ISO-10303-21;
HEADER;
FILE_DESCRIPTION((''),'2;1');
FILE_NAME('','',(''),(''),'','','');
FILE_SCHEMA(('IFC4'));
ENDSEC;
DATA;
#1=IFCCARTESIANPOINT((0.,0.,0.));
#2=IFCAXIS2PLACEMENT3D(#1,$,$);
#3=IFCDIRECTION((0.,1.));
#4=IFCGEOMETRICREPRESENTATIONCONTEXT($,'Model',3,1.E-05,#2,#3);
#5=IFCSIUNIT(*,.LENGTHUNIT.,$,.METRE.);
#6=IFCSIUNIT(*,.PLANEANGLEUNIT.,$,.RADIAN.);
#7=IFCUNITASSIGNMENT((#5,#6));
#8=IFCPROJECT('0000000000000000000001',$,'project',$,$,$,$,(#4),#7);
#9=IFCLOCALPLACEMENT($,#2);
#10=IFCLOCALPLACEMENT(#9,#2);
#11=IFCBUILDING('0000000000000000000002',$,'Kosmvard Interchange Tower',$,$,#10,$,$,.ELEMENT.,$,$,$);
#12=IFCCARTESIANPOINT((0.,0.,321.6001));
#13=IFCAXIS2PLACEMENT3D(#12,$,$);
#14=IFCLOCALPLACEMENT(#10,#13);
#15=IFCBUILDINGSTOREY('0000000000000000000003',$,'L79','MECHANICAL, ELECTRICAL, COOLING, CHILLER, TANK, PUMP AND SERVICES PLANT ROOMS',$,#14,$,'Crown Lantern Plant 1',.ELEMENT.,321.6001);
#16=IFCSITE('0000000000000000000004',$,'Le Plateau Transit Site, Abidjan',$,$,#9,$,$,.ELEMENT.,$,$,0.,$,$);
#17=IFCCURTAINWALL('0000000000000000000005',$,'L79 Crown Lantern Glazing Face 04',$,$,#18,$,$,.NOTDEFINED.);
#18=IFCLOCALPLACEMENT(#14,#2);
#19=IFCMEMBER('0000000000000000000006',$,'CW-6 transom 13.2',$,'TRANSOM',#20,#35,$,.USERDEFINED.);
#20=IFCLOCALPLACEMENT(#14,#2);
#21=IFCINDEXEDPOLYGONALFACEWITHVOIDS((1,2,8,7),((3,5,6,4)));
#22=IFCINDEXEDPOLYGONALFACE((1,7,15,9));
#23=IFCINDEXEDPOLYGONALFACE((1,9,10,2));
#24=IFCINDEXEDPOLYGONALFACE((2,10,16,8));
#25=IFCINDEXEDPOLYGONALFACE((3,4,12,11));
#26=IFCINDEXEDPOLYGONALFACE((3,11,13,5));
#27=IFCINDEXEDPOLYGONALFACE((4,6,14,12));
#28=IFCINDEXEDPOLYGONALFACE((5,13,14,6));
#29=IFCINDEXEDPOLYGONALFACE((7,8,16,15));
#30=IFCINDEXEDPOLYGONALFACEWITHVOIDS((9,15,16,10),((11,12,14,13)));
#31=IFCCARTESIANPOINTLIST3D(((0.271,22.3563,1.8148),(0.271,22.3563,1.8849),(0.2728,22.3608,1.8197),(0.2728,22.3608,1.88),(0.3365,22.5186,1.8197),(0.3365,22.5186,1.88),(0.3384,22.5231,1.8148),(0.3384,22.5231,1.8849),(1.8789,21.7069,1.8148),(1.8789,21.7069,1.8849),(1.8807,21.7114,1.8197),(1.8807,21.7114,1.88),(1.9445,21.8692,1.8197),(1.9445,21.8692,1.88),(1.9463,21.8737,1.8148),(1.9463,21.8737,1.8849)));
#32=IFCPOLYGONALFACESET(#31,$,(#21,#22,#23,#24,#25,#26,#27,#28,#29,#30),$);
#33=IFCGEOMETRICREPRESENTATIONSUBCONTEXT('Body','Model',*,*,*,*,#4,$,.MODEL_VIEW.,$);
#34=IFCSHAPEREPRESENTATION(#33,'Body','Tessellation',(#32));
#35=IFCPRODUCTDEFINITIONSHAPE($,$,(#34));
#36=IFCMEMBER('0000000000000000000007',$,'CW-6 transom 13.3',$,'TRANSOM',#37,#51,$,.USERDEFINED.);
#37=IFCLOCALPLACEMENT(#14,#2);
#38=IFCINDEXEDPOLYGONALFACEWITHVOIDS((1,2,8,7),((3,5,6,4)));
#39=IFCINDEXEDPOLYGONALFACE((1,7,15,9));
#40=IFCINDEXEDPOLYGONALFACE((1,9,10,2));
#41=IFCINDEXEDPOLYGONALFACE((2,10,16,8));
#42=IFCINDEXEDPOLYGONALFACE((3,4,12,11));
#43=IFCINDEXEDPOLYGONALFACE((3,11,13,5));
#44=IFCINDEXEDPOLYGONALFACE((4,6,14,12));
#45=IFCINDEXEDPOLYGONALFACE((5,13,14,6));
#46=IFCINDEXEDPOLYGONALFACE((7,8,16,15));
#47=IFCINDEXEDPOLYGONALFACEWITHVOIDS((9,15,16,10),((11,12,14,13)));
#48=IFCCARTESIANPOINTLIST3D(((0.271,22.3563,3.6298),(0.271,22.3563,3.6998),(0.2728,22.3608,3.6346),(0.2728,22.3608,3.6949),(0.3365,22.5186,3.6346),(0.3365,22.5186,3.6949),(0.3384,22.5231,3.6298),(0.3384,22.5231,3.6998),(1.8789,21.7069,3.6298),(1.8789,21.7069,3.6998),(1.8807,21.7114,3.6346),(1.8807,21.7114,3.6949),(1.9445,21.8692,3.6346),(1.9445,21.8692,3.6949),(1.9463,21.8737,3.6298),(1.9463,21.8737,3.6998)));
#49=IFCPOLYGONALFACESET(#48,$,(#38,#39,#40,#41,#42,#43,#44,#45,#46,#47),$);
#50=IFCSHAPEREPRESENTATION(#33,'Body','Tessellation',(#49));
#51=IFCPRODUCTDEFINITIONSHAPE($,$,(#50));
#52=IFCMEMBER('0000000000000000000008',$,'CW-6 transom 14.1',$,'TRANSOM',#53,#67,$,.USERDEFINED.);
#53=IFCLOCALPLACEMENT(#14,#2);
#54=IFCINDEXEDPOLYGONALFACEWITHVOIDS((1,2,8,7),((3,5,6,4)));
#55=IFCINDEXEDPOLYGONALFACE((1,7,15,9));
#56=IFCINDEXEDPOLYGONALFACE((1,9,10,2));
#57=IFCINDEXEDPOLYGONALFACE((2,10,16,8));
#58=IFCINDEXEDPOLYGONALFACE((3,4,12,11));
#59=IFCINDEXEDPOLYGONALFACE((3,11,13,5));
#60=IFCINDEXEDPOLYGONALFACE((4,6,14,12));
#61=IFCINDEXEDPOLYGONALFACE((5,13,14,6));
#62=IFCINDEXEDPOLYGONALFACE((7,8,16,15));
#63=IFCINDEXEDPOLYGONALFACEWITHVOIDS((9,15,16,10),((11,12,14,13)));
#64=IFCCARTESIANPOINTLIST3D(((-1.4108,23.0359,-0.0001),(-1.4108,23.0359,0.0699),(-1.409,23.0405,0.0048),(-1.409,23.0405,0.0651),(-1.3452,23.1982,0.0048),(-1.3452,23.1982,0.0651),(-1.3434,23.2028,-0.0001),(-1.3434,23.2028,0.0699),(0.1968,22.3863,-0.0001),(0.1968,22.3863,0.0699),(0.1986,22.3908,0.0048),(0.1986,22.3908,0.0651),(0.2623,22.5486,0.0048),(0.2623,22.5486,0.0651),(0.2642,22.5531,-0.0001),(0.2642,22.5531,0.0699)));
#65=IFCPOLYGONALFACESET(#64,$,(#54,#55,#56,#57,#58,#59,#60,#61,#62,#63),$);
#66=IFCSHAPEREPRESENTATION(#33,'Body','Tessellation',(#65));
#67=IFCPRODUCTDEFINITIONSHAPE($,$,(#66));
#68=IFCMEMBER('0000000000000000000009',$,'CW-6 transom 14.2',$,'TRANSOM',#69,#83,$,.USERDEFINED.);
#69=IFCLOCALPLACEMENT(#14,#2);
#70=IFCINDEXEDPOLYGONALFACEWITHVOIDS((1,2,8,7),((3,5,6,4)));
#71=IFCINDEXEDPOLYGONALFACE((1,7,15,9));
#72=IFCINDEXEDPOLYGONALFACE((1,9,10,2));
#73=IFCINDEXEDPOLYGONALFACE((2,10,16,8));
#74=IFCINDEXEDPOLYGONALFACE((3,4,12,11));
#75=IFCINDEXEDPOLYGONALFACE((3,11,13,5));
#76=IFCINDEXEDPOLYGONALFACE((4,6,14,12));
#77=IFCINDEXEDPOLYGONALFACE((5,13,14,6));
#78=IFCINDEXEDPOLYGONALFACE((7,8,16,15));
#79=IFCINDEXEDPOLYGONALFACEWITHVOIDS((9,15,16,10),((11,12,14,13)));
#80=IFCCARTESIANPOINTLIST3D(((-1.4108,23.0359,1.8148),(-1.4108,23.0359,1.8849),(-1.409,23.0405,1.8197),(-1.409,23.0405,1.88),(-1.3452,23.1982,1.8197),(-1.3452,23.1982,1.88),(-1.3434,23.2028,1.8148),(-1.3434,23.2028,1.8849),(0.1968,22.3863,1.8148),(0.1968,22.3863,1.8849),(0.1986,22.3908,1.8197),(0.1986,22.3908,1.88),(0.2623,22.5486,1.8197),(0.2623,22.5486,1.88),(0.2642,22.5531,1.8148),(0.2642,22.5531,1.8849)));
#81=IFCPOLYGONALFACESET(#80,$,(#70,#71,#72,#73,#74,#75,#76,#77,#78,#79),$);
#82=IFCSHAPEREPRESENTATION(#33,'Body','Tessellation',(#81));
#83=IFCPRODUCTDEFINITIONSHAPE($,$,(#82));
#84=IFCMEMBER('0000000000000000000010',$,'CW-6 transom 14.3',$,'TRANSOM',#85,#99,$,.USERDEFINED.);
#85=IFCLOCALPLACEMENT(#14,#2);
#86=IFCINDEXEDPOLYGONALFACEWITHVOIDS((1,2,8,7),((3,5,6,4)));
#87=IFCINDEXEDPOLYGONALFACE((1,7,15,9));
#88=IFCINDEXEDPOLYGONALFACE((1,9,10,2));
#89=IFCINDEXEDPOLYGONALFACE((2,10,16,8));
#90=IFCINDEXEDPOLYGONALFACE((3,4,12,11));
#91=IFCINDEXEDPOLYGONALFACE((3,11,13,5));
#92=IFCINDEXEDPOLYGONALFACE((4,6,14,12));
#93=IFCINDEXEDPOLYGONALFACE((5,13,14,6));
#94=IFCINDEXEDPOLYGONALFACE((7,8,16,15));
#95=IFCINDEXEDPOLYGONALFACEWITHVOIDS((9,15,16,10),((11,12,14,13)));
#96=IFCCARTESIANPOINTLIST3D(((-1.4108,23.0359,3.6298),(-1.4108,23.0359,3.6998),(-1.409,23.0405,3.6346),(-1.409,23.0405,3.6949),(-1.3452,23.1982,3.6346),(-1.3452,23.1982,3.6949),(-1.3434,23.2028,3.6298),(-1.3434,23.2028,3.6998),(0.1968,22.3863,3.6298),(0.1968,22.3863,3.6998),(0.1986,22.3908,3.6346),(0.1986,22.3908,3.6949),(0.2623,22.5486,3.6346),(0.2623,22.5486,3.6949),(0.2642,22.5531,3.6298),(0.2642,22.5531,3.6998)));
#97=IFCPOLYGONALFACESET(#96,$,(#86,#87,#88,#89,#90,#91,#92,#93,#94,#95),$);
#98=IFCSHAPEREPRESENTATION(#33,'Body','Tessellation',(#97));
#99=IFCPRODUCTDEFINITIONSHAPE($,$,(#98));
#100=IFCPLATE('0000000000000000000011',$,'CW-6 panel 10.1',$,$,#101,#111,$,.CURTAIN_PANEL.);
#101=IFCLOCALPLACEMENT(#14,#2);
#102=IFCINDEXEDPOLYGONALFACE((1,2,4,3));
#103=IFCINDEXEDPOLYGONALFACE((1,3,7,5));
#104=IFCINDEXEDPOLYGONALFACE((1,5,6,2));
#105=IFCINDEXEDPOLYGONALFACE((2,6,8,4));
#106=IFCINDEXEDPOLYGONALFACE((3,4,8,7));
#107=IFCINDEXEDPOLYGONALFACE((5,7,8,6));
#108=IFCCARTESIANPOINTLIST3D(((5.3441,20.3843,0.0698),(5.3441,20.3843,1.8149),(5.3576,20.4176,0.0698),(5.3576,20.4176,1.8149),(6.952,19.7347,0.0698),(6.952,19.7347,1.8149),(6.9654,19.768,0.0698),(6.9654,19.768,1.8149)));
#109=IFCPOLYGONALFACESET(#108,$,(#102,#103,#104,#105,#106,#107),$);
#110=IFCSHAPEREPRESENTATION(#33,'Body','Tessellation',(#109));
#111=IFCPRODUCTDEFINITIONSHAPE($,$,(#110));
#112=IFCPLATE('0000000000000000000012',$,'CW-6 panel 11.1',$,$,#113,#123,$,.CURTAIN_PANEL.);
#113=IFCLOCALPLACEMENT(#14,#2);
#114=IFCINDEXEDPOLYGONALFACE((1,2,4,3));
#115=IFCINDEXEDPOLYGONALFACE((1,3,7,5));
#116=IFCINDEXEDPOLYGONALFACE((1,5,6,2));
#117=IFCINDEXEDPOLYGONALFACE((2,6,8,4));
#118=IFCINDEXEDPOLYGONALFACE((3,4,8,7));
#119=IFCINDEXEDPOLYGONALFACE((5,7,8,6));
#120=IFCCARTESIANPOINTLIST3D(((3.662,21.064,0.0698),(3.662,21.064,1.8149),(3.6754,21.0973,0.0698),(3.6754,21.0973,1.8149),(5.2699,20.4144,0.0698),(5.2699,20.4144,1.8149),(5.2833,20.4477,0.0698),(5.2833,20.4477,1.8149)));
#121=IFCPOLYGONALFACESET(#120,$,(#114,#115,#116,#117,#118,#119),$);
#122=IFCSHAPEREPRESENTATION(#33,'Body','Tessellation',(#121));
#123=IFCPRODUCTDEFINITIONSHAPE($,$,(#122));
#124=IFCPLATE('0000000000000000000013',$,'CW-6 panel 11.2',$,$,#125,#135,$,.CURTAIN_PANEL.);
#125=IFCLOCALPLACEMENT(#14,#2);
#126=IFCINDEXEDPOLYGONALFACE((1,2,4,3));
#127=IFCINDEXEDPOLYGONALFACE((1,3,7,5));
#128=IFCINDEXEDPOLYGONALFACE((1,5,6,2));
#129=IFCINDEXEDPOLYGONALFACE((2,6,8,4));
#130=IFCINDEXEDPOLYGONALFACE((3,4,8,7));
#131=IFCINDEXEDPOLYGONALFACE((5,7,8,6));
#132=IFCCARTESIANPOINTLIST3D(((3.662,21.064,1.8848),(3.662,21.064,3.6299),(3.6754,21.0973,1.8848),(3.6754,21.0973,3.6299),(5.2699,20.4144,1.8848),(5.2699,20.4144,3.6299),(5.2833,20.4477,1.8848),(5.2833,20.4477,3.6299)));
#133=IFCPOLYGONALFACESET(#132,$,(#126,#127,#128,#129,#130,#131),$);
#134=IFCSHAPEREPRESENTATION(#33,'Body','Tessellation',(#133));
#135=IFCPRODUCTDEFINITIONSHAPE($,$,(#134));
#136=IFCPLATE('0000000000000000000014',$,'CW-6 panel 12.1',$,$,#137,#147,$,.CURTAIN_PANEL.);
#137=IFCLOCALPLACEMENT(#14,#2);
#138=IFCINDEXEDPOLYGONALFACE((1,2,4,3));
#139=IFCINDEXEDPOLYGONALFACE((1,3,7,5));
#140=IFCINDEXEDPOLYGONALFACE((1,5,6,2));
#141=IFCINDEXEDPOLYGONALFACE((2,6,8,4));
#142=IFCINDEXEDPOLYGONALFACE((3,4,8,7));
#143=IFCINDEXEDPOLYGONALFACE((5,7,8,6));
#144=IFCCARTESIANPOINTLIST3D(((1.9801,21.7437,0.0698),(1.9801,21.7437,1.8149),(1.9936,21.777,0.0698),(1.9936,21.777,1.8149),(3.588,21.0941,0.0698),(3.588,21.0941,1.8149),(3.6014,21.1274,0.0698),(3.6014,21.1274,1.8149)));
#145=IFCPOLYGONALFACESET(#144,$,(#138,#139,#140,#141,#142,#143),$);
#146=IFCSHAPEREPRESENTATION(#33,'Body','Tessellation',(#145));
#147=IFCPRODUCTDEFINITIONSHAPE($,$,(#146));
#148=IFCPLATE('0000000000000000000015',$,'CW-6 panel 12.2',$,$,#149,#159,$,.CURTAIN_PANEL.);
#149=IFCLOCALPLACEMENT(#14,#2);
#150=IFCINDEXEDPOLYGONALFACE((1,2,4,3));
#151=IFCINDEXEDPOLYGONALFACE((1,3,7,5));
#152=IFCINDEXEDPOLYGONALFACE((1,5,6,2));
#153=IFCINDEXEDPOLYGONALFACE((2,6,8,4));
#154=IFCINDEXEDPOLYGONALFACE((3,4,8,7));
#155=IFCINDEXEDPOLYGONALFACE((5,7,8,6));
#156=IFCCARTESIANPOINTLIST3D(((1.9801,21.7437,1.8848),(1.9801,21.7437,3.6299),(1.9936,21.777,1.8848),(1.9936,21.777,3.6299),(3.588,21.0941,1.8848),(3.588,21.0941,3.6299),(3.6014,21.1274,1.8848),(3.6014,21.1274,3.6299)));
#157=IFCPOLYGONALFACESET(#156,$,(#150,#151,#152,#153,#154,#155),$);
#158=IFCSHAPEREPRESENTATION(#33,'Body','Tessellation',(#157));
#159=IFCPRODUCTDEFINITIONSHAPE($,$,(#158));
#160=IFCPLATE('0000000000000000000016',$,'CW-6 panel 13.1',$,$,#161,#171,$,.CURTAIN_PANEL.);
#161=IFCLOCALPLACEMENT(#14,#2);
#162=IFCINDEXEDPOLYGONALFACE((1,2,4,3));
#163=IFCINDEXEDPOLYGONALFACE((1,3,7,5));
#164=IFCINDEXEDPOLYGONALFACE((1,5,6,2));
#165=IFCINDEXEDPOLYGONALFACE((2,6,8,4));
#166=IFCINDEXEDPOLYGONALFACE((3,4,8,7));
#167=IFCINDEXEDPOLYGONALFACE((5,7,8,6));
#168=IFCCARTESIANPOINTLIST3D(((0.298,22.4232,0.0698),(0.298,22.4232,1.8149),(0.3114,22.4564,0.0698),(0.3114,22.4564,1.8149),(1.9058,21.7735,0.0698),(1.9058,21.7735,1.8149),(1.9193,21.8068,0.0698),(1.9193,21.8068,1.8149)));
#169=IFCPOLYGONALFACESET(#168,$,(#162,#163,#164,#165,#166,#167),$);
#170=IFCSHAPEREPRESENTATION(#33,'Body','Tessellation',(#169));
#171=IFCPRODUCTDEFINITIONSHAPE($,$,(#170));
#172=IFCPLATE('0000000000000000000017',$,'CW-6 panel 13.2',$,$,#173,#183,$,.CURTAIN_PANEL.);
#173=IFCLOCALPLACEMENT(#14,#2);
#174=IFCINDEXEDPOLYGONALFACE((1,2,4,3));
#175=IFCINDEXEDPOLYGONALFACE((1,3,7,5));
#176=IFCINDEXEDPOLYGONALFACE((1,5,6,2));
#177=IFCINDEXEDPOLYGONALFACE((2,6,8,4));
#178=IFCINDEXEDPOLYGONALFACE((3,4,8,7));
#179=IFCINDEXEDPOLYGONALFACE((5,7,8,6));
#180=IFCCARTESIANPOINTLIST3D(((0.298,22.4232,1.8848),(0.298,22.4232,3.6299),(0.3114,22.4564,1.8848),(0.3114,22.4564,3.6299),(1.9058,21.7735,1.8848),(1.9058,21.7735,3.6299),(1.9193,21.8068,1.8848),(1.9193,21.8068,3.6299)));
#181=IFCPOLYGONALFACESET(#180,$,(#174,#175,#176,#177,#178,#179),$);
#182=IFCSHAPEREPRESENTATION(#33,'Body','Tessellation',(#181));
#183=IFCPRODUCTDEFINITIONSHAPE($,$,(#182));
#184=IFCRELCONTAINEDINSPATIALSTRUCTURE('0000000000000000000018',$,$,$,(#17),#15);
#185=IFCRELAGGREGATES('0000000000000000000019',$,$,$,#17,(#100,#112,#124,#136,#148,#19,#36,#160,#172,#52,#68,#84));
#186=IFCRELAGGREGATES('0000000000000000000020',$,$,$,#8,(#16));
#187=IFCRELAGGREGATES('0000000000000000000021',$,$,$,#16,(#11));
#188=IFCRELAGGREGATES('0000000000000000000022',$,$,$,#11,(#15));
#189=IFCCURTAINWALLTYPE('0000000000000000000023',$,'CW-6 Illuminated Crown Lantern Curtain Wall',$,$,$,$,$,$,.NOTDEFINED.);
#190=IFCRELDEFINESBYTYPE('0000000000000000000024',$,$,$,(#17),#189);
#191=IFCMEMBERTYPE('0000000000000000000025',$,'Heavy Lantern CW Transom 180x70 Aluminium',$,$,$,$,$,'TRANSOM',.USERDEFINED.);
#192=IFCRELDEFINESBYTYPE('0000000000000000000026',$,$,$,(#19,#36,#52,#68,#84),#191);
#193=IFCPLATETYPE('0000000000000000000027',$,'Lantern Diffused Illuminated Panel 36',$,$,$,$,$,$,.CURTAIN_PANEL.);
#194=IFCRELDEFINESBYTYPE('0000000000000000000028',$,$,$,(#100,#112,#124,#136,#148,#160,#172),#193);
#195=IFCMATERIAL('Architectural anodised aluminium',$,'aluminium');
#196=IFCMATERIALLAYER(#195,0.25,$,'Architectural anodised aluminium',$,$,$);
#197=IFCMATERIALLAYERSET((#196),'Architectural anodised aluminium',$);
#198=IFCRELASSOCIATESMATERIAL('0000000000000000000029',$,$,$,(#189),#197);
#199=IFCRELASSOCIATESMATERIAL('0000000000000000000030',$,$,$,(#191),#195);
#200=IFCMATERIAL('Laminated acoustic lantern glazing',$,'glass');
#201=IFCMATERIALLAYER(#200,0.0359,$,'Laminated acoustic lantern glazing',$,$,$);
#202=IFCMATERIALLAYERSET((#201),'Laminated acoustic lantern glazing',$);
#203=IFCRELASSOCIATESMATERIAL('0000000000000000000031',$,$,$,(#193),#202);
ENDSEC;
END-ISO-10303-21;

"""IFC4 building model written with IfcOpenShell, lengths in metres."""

from ifc_helpers import new_model, si_unit, direction, frame, origin, origin_2d, place, context, subcontext, project, spatial, rectangle, hollow_rectangle, extrude, source, transform, mapped, material, layer, layer_set, material_profile, profile_set, type_object, element, aggregate, save


model = new_model("IFC4")

# Units and contexts
model_context = context("Model", 3, precision=1e-05, world=origin(), true_north=direction((0.0, 1.0)))
body_context = subcontext(model_context, "Body", "Model", "MODEL_VIEW")
ifc_project = project(units=[si_unit("LENGTHUNIT", "METRE"), si_unit("PLANEANGLEUNIT", "RADIAN")], contexts=[model_context])

# Site, building, storey
site_placement = place(None, origin())
site = spatial("IfcSite", under=ifc_project, at=site_placement, Name="Le Plateau Transit Site, Abidjan", CompositionType="ELEMENT", RefElevation=0.0)
building_placement = place(site_placement, origin())
building = spatial("IfcBuilding", under=site, at=building_placement, Name="Kosmvard Interchange Tower", CompositionType="ELEMENT")
storey_placement = place(building_placement, frame((0.0, 0.0, 321.6001)))
storey = spatial("IfcBuildingStorey", under=building, at=storey_placement, Name="L79", Description="MECHANICAL, ELECTRICAL, COOLING, CHILLER, TANK, PUMP AND SERVICES PLANT ROOMS", LongName="Crown Lantern Plant 1", CompositionType="ELEMENT", Elevation=321.6001)

# Curtain wall, members, plates
ifc_material_1 = material(Name="Architectural anodised aluminium", Category="aluminium")
ifc_layer_1 = layer(ifc_material_1, 0.25, Name="Architectural anodised aluminium")
ifc_layer_set_1 = layer_set([ifc_layer_1], Name="Architectural anodised aluminium")
curtain_wall_type = type_object("IfcCurtainWallType", Name="CW-6 Illuminated Crown Lantern Curtain Wall", PredefinedType="NOTDEFINED", material=ifc_layer_set_1)
curtain_wall_placement = place(storey_placement, origin())
curtain_wall = element("IfcCurtainWall", 1, at=curtain_wall_placement, inside=storey, type_object=curtain_wall_type, Name="L79 Crown Lantern Glazing Face 04", PredefinedType="NOTDEFINED")
ifc_material_profile_1 = material_profile(ifc_material_1, hollow_rectangle(XDim=0.1799, YDim=0.0701, WallThickness=0.0049, at=origin_2d()), Name="CWT 180x70x5")
ifc_profile_set_1 = profile_set([ifc_material_profile_1], Name="Architectural anodised aluminium")
member_type_1 = type_object("IfcMemberType", Name="Heavy Lantern CW Transom 180x70 Aluminium", ElementType="TRANSOM", PredefinedType="USERDEFINED", material=ifc_profile_set_1)
shared_shape_1 = source(origin(), body_context, "Body", "SweptSolid", [
    extrude(hollow_rectangle(XDim=0.1799, YDim=0.0701, WallThickness=0.0049, at=origin_2d()), origin(), (0.0, 0.0, 1.0), 1.7341),
])
member_1_placement = place(storey_placement, frame((1.9126, 21.7903, 1.8499), z_axis=(-0.927229, 0.374496, 0.0), x_axis=(-0.374496, -0.927229, 0.0)))
member_1 = element("IfcMember", 2, at=member_1_placement, type_object=member_type_1, Name="CW-6 transom 13.2", ObjectType="TRANSOM", PredefinedType="USERDEFINED", context=body_context, shape_type="MappedRepresentation", body=[
    mapped(shared_shape_1, transform((0.0, 0.0, 0.0), scale=1.0)),
])
member_2_placement = place(storey_placement, frame((1.9126, 21.7903, 3.6648), z_axis=(-0.927229, 0.374496, 0.0), x_axis=(-0.374496, -0.927229, 0.0)))
member_2 = element("IfcMember", 3, at=member_2_placement, type_object=member_type_1, Name="CW-6 transom 13.3", ObjectType="TRANSOM", PredefinedType="USERDEFINED", context=body_context, shape_type="MappedRepresentation", body=[
    mapped(shared_shape_1, transform((0.0, 0.0, 0.0), scale=1.0)),
])
shared_shape_2 = source(origin(), body_context, "Body", "SweptSolid", [
    extrude(hollow_rectangle(XDim=0.1799, YDim=0.0701, WallThickness=0.0049, at=origin_2d()), origin(), (0.0, 0.0, 1.0), 1.7339),
])
member_3_placement = place(storey_placement, frame((0.2305, 22.4697, 0.0349), z_axis=(-0.92716, 0.374666, 0.0), x_axis=(-0.374666, -0.92716, 0.0)))
member_3 = element("IfcMember", 4, at=member_3_placement, type_object=member_type_1, Name="CW-6 transom 14.1", ObjectType="TRANSOM", PredefinedType="USERDEFINED", context=body_context, shape_type="MappedRepresentation", body=[
    mapped(shared_shape_2, transform((0.0, 0.0, 0.0), scale=1.0)),
])
member_4_placement = place(storey_placement, frame((0.2305, 22.4697, 1.8499), z_axis=(-0.92716, 0.374666, 0.0), x_axis=(-0.374666, -0.92716, 0.0)))
member_4 = element("IfcMember", 5, at=member_4_placement, type_object=member_type_1, Name="CW-6 transom 14.2", ObjectType="TRANSOM", PredefinedType="USERDEFINED", context=body_context, shape_type="MappedRepresentation", body=[
    mapped(shared_shape_2, transform((0.0, 0.0, 0.0), scale=1.0)),
])
member_5_placement = place(storey_placement, frame((0.2305, 22.4697, 3.6648), z_axis=(-0.92716, 0.374666, 0.0), x_axis=(-0.374666, -0.92716, 0.0)))
member_5 = element("IfcMember", 6, at=member_5_placement, type_object=member_type_1, Name="CW-6 transom 14.3", ObjectType="TRANSOM", PredefinedType="USERDEFINED", context=body_context, shape_type="MappedRepresentation", body=[
    mapped(shared_shape_2, transform((0.0, 0.0, 0.0), scale=1.0)),
])
ifc_material_2 = material(Name="Laminated acoustic lantern glazing", Category="glass")
ifc_layer_2 = layer(ifc_material_2, 0.0359, Name="Laminated acoustic lantern glazing")
ifc_layer_set_2 = layer_set([ifc_layer_2], Name="Laminated acoustic lantern glazing")
plate_type = type_object("IfcPlateType", Name="Lantern Diffused Illuminated Panel 36", PredefinedType="CURTAIN_PANEL", material=ifc_layer_set_2)
shared_shape_3 = source(origin(), body_context, "Body", "SweptSolid", [
    extrude(rectangle(XDim=1.7341, YDim=0.0359, at=origin_2d()), origin(), (0.0, 0.0, 1.0), 1.7451),
])
plate_1_placement = place(storey_placement, frame((6.1548, 20.0762, 0.0698), z_axis=(0.0, 0.0, 1.0), x_axis=(-0.927184, 0.374607, 0.0)))
plate_1 = element("IfcPlate", 7, at=plate_1_placement, type_object=plate_type, Name="CW-6 panel 10.1", PredefinedType="CURTAIN_PANEL", context=body_context, shape_type="MappedRepresentation", body=[
    mapped(shared_shape_3, transform((0.0, 0.0, 0.0), scale=1.0)),
])
plate_2_placement = place(storey_placement, frame((4.4727, 20.7559, 0.0698), z_axis=(0.0, 0.0, 1.0), x_axis=(-0.927184, 0.374607, 0.0)))
plate_2 = element("IfcPlate", 8, at=plate_2_placement, type_object=plate_type, Name="CW-6 panel 11.1", PredefinedType="CURTAIN_PANEL", context=body_context, shape_type="MappedRepresentation", body=[
    mapped(shared_shape_3, transform((0.0, 0.0, 0.0), scale=1.0)),
])
plate_3_placement = place(storey_placement, frame((4.4727, 20.7559, 1.8848), z_axis=(0.0, 0.0, 1.0), x_axis=(-0.927184, 0.374607, 0.0)))
plate_3 = element("IfcPlate", 9, at=plate_3_placement, type_object=plate_type, Name="CW-6 panel 11.2", PredefinedType="CURTAIN_PANEL", context=body_context, shape_type="MappedRepresentation", body=[
    mapped(shared_shape_3, transform((0.0, 0.0, 0.0), scale=1.0)),
])
plate_4_placement = place(storey_placement, frame((2.7908, 21.4355, 0.0698), z_axis=(0.0, 0.0, 1.0), x_axis=(-0.927184, 0.374607, 0.0)))
plate_4 = element("IfcPlate", 10, at=plate_4_placement, type_object=plate_type, Name="CW-6 panel 12.1", PredefinedType="CURTAIN_PANEL", context=body_context, shape_type="MappedRepresentation", body=[
    mapped(shared_shape_3, transform((0.0, 0.0, 0.0), scale=1.0)),
])
plate_5_placement = place(storey_placement, frame((2.7908, 21.4355, 1.8848), z_axis=(0.0, 0.0, 1.0), x_axis=(-0.927184, 0.374607, 0.0)))
plate_5 = element("IfcPlate", 11, at=plate_5_placement, type_object=plate_type, Name="CW-6 panel 12.2", PredefinedType="CURTAIN_PANEL", context=body_context, shape_type="MappedRepresentation", body=[
    mapped(shared_shape_3, transform((0.0, 0.0, 0.0), scale=1.0)),
])
plate_6_placement = place(storey_placement, frame((1.1086, 22.115, 0.0698), z_axis=(0.0, 0.0, 1.0), x_axis=(-0.927184, 0.374607, 0.0)))
plate_6 = element("IfcPlate", 12, at=plate_6_placement, type_object=plate_type, Name="CW-6 panel 13.1", PredefinedType="CURTAIN_PANEL", context=body_context, shape_type="MappedRepresentation", body=[
    mapped(shared_shape_3, transform((0.0, 0.0, 0.0), scale=1.0)),
])
plate_7_placement = place(storey_placement, frame((1.1086, 22.115, 1.8848), z_axis=(0.0, 0.0, 1.0), x_axis=(-0.927184, 0.374607, 0.0)))
plate_7 = element("IfcPlate", 13, at=plate_7_placement, type_object=plate_type, Name="CW-6 panel 13.2", PredefinedType="CURTAIN_PANEL", context=body_context, shape_type="MappedRepresentation", body=[
    mapped(shared_shape_3, transform((0.0, 0.0, 0.0), scale=1.0)),
])
aggregate(curtain_wall, [plate_1, plate_2, plate_3, plate_4, plate_5, member_1, member_2, plate_6, plate_7, member_3, member_4, member_5])

save(model, "model.ifc")
